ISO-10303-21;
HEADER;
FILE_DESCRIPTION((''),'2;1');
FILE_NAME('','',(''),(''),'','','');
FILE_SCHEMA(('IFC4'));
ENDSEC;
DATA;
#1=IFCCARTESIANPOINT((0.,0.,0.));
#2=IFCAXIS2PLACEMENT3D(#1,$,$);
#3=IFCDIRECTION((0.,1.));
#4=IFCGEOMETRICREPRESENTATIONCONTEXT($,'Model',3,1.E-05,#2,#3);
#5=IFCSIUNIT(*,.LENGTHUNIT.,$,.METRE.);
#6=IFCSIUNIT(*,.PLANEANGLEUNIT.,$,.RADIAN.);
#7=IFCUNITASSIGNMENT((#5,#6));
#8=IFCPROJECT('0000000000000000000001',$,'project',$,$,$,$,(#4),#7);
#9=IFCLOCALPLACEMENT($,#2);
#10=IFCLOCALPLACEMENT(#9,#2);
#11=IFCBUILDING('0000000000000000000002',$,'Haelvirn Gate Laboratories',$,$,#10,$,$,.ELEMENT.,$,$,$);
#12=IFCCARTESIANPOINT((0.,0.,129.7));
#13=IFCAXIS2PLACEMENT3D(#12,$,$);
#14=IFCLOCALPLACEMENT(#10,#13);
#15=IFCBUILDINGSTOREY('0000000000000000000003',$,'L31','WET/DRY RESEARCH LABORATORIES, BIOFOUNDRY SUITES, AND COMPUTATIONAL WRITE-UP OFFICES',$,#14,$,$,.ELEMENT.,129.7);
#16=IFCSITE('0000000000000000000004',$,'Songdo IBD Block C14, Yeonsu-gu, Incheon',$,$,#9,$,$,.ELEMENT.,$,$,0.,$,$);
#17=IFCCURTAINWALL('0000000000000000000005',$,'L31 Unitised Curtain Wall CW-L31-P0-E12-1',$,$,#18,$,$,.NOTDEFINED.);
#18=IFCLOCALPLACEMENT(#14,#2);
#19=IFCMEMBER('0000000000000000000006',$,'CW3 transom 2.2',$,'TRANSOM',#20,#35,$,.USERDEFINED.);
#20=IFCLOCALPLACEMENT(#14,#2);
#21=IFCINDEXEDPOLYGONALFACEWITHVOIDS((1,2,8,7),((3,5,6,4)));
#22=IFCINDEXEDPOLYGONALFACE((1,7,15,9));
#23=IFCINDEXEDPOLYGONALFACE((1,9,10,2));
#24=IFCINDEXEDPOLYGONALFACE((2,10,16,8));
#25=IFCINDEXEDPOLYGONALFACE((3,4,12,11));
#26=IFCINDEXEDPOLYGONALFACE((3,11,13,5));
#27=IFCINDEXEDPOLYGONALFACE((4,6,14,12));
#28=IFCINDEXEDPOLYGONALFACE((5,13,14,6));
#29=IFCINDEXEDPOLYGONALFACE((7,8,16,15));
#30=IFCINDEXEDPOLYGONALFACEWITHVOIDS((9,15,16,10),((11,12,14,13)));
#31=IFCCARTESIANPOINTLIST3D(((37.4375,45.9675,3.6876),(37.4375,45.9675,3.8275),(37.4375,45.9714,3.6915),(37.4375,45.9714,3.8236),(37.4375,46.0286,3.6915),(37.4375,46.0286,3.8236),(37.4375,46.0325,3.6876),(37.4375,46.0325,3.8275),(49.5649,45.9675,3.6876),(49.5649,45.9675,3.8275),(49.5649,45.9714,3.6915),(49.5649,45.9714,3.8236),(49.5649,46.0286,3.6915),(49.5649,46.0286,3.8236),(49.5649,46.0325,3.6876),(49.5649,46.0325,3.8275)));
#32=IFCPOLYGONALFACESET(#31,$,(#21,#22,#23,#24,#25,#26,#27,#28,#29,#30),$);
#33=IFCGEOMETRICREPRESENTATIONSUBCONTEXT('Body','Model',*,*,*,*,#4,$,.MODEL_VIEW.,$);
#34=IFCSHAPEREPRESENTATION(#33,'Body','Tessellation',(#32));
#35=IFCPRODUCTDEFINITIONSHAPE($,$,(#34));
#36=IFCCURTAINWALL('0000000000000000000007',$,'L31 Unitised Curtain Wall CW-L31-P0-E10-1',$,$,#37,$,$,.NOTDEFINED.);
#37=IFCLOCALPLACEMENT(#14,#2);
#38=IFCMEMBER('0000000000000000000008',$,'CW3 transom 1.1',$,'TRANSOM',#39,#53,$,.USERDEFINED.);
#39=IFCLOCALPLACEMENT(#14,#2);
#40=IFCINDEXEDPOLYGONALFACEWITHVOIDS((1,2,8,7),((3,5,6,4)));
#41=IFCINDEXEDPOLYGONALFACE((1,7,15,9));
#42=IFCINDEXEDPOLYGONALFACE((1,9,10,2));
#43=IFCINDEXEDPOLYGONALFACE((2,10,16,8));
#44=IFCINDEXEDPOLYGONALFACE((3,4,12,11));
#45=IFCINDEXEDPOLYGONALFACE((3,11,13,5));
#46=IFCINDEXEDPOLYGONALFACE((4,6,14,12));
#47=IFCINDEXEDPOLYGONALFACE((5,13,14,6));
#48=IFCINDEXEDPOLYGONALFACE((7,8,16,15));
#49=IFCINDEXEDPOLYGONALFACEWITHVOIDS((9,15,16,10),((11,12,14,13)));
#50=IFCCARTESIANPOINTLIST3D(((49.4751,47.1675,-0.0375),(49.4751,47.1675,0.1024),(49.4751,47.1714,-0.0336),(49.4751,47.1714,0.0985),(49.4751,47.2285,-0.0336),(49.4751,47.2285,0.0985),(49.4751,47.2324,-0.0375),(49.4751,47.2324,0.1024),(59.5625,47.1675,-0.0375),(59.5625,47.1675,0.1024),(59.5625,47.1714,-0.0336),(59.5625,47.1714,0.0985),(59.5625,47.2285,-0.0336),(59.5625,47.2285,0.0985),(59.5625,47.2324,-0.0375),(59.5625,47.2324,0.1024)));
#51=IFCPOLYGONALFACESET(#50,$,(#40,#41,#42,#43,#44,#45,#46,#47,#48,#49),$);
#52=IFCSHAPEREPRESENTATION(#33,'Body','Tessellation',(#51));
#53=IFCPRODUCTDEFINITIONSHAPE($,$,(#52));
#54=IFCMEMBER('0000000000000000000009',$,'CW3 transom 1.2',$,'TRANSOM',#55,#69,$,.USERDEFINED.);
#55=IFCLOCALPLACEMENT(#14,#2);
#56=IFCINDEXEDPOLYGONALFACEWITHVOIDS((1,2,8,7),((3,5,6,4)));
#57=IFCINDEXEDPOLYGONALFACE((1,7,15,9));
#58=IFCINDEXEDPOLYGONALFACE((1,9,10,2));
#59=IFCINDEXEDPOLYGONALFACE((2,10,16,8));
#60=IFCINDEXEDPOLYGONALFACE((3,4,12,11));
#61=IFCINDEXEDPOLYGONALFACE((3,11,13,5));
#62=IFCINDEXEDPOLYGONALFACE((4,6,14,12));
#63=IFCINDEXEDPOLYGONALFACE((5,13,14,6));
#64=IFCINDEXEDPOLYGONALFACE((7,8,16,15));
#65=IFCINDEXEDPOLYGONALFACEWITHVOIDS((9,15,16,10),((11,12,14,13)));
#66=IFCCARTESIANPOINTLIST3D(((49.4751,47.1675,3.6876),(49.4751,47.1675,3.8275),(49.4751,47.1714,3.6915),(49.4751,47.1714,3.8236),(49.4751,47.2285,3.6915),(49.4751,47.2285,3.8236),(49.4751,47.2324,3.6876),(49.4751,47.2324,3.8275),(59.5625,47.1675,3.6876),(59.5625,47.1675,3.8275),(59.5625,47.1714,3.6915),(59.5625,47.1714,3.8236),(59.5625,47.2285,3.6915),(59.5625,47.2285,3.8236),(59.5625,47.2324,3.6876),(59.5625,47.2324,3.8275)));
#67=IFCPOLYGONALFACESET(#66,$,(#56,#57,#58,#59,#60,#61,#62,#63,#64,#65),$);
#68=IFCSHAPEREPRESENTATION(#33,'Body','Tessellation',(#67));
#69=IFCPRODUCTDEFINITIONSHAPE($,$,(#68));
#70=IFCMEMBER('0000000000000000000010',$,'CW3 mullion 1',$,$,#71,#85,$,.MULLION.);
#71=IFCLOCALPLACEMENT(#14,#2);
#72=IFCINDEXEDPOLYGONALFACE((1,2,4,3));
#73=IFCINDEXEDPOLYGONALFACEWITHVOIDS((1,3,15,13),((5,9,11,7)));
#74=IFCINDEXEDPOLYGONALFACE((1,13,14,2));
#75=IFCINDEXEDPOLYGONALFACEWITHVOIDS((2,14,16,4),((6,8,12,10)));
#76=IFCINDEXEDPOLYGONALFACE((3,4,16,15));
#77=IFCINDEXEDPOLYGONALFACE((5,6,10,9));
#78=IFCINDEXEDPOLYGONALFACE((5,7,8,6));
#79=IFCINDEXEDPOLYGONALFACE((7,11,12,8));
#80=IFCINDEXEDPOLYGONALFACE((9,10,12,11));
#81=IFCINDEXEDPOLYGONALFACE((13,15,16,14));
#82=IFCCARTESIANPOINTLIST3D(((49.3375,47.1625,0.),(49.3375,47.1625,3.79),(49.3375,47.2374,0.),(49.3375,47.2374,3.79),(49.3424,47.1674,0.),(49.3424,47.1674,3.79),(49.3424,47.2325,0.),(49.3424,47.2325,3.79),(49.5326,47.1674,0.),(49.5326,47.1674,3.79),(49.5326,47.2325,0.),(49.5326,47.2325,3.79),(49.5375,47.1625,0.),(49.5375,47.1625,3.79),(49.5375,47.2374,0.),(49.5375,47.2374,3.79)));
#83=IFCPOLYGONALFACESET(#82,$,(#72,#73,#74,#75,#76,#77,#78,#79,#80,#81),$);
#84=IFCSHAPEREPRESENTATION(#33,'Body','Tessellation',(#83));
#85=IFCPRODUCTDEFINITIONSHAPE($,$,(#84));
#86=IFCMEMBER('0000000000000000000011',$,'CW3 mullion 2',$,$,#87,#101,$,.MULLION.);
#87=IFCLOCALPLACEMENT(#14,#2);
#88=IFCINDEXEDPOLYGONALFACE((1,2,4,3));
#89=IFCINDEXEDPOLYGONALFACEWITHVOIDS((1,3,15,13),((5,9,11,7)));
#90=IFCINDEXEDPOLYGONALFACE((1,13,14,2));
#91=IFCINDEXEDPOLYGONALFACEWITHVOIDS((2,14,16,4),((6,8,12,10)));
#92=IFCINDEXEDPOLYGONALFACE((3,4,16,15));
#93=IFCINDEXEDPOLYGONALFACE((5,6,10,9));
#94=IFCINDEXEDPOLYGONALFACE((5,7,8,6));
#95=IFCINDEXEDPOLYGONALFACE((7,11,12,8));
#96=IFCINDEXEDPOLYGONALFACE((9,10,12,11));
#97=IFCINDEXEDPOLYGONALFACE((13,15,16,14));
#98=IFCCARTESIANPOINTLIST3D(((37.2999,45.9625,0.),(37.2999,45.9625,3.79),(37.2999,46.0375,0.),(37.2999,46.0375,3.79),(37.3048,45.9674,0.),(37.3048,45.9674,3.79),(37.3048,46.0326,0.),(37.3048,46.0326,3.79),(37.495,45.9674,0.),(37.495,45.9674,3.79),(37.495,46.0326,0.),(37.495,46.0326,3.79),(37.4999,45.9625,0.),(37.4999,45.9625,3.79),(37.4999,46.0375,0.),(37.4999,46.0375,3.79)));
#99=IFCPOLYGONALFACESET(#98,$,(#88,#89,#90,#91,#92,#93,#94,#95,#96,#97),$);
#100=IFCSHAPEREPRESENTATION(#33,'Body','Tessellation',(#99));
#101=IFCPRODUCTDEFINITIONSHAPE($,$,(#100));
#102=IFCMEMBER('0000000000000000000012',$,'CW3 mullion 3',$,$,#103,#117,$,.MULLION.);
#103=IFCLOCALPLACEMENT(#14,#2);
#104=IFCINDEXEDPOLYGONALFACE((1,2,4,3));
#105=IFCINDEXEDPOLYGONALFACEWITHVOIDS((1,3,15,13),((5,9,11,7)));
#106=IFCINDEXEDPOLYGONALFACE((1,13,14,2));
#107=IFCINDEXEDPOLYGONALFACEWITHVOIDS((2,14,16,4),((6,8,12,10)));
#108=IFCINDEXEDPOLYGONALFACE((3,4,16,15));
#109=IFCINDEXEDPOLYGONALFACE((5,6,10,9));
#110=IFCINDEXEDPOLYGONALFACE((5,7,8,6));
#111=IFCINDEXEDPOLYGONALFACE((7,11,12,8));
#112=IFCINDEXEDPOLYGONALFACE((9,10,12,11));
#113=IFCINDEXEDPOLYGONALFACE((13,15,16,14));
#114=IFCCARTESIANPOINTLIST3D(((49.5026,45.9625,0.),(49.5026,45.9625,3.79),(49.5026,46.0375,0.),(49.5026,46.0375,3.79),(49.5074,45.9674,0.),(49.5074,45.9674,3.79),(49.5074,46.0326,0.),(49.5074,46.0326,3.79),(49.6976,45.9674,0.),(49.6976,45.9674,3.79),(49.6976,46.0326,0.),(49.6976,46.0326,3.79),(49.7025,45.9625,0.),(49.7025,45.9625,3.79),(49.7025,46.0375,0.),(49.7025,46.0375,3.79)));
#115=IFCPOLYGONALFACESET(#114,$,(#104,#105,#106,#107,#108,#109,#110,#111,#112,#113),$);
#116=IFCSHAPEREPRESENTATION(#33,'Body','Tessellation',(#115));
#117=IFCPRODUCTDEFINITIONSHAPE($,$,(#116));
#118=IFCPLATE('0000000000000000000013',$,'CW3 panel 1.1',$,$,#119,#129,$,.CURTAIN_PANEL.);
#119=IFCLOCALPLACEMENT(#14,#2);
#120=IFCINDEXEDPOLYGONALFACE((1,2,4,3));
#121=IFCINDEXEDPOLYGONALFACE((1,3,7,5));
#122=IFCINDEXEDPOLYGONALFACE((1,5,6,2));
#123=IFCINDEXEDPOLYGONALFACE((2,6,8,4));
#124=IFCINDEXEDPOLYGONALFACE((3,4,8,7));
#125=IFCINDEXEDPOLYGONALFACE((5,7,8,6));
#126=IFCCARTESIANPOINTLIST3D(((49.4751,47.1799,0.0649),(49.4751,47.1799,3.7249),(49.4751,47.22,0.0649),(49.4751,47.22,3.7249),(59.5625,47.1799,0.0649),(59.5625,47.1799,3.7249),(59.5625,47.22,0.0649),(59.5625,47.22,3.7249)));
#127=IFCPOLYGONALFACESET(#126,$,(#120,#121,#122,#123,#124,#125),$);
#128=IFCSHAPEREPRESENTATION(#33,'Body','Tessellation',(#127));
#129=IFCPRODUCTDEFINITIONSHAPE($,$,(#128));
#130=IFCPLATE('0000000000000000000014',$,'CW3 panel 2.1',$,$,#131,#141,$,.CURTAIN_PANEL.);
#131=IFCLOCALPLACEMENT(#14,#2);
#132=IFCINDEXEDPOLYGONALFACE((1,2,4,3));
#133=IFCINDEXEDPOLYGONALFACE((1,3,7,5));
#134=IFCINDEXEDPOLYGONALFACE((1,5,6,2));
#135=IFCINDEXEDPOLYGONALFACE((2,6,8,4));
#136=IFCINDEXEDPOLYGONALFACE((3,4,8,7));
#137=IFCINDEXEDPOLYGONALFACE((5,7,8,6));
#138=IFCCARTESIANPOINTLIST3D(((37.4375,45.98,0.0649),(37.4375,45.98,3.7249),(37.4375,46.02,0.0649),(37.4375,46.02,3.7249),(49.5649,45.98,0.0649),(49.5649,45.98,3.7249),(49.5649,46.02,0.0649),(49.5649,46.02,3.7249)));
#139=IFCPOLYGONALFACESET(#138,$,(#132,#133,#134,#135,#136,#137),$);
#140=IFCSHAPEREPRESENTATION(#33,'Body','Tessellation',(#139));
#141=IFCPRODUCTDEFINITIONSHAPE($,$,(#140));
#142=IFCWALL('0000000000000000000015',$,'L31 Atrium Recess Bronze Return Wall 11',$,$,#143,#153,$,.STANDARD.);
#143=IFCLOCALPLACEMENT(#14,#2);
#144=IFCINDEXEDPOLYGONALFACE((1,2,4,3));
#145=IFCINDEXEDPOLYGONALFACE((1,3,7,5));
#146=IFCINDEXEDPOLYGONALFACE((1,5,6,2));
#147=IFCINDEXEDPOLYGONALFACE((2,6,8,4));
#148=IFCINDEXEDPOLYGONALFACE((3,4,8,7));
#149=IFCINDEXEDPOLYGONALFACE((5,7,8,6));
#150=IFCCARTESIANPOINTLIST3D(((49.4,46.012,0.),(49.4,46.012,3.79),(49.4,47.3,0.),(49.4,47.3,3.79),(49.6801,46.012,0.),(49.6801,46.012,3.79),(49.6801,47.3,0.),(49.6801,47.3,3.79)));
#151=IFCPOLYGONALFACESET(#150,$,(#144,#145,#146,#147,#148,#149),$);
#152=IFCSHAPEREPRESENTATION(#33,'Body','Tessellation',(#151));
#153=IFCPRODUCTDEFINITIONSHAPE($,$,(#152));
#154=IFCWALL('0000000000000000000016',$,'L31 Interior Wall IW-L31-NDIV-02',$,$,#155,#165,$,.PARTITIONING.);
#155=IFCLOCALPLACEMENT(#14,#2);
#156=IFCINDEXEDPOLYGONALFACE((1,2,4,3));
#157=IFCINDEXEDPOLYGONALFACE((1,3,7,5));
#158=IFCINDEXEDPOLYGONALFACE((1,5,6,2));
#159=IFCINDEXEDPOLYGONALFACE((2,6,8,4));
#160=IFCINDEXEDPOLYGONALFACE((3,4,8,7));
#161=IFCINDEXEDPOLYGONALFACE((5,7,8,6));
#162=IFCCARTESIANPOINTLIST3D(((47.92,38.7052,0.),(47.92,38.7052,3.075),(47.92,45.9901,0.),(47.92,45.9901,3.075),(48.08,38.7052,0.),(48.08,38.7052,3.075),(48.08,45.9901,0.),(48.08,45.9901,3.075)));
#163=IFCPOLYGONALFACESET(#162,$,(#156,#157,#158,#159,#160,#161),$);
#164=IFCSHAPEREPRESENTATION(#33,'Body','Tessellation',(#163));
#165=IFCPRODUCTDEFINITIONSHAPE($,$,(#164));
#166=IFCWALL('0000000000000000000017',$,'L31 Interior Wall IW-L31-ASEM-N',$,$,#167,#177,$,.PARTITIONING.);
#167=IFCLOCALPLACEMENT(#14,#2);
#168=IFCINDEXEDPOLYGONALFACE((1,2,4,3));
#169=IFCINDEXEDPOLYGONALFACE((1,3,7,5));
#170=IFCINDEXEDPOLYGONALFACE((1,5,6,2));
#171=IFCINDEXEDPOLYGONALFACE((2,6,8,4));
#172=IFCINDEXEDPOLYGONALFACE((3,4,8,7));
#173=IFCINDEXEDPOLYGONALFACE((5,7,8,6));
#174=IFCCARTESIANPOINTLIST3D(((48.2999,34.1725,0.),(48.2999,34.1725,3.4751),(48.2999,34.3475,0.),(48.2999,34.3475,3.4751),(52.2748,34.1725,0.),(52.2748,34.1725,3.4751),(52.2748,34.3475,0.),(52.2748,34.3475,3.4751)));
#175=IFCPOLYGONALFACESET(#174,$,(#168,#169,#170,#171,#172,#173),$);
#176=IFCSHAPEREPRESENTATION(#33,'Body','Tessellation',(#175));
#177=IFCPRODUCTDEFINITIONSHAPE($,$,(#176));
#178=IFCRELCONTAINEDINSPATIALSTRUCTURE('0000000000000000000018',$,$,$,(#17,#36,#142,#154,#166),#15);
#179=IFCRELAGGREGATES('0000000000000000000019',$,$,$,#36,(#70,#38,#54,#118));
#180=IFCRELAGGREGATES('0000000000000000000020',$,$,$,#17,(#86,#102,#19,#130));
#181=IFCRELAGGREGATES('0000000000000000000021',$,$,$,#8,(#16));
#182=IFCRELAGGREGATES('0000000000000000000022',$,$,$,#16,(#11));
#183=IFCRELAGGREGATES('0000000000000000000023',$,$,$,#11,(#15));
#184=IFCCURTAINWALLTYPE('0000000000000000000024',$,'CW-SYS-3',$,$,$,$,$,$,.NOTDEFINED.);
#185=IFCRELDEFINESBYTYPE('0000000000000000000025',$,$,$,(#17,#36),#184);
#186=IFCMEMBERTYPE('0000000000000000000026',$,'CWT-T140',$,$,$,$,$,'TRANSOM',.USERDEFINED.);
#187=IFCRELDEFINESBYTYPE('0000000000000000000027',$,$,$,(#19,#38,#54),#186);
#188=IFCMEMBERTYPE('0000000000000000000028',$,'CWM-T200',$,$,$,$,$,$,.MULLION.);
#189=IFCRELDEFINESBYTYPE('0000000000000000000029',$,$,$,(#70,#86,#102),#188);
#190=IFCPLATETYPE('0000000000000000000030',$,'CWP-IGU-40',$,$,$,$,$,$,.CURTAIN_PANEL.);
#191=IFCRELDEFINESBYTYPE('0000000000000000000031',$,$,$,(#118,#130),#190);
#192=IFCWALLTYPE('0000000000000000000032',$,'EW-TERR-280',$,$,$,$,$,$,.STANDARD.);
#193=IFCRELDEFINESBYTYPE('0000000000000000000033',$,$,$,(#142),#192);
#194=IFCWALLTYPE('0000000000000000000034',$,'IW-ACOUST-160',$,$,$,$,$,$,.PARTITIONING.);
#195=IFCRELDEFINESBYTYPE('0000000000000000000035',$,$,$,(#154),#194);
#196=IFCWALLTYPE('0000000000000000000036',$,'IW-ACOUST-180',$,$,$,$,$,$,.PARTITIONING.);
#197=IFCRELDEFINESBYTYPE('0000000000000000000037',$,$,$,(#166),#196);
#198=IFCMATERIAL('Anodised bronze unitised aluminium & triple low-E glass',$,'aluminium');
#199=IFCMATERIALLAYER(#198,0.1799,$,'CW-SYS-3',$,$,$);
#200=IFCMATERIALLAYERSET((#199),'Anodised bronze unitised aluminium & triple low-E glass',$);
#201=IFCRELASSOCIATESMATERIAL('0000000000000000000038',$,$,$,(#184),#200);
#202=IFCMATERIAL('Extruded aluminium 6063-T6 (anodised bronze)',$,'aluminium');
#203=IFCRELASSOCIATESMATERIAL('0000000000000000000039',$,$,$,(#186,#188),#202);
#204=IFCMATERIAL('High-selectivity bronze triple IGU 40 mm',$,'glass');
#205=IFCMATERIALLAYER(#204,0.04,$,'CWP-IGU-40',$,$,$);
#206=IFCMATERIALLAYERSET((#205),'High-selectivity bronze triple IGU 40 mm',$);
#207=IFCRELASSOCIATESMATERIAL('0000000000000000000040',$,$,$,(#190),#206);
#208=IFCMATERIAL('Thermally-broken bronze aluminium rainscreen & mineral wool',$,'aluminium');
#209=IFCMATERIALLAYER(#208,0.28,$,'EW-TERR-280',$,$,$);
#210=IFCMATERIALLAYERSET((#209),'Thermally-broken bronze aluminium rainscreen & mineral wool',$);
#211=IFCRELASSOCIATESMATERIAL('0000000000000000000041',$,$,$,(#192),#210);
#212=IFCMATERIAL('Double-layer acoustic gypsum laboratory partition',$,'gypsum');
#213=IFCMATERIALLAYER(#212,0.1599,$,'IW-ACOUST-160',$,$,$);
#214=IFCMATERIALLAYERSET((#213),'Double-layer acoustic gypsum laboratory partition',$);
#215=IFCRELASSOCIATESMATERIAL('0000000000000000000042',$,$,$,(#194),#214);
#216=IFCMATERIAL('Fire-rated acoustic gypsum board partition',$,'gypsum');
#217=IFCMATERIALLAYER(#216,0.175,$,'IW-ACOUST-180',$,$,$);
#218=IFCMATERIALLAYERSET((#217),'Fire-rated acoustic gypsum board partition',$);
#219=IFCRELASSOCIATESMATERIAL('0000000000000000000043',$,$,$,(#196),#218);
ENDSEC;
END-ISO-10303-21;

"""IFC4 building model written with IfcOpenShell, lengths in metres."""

from ifc_helpers import new_model, si_unit, direction, frame, frame_2d, origin, origin_2d, place, context, subcontext, project, spatial, rectangle, hollow_rectangle, extrude, source, transform, mapped, material, layer, layer_set, material_profile, profile_set, type_object, type_shapes, element, aggregate, save


model = new_model("IFC4")

# Units and contexts
model_context = context("Model", 3, precision=1e-05, world=origin(), true_north=direction((0.0, 1.0)))
body_context = subcontext(model_context, "Body", "Model", "MODEL_VIEW")
ifc_project = project(units=[si_unit("LENGTHUNIT", "METRE"), si_unit("PLANEANGLEUNIT", "RADIAN")], contexts=[model_context])

# Site, building, storey
site_placement = place(None, origin())
site = spatial("IfcSite", under=ifc_project, at=site_placement, Name="Songdo IBD Block C14, Yeonsu-gu, Incheon", CompositionType="ELEMENT", RefElevation=0.0)
building_placement = place(site_placement, origin())
building = spatial("IfcBuilding", under=site, at=building_placement, Name="Haelvirn Gate Laboratories", CompositionType="ELEMENT")
storey_placement = place(building_placement, frame((0.0, 0.0, 129.7)))
storey = spatial("IfcBuildingStorey", under=building, at=storey_placement, Name="L31", Description="WET/DRY RESEARCH LABORATORIES, BIOFOUNDRY SUITES, AND COMPUTATIONAL WRITE-UP OFFICES", CompositionType="ELEMENT", Elevation=129.7)

# Curtain walls, members
ifc_material_1 = material(Name="Anodised bronze unitised aluminium & triple low-E glass", Category="aluminium")
ifc_layer_1 = layer(ifc_material_1, 0.1799, Name="CW-SYS-3")
ifc_layer_set_1 = layer_set([ifc_layer_1], Name="Anodised bronze unitised aluminium & triple low-E glass")
curtain_wall_type = type_object("IfcCurtainWallType", Name="CW-SYS-3", PredefinedType="NOTDEFINED", material=ifc_layer_set_1)
curtain_wall_1_placement = place(storey_placement, origin())
curtain_wall_1 = element("IfcCurtainWall", 1, at=curtain_wall_1_placement, inside=storey, type_object=curtain_wall_type, Name="L31 Unitised Curtain Wall CW-L31-P0-E12-1", PredefinedType="NOTDEFINED")
ifc_material_2 = material(Name="Extruded aluminium 6063-T6 (anodised bronze)", Category="aluminium")
ifc_material_profile_1 = material_profile(ifc_material_2, hollow_rectangle(XDim=0.0649, YDim=0.1399, WallThickness=0.0039, at=origin_2d()), Name="CWT-140x65x4")
ifc_profile_set_1 = profile_set([ifc_material_profile_1], Name="Extruded aluminium 6063-T6 (anodised bronze)")
member_type_1 = type_object("IfcMemberType", Name="CWT-T140", ElementType="TRANSOM", PredefinedType="USERDEFINED", material=ifc_profile_set_1)
shared_shape_1 = source(origin(), body_context, "Body", "SweptSolid", [
    extrude(hollow_rectangle(XDim=0.0649, YDim=0.1399, WallThickness=0.0039, at=origin_2d()), origin(), (0.0, 0.0, 1.0), 12.1274),
])
member_1_placement = place(storey_placement, frame((37.4375, 46.0, 3.7576), z_axis=(1.0, 0.0, 0.0), x_axis=(0.0, 1.0, 0.0)))
member_1 = element("IfcMember", 2, at=member_1_placement, type_object=member_type_1, Name="CW3 transom 2.2", ObjectType="TRANSOM", PredefinedType="USERDEFINED", context=body_context, shape_type="MappedRepresentation", body=[
    mapped(shared_shape_1, transform((0.0, 0.0, 0.0), scale=1.0)),
])
curtain_wall_2_placement = place(storey_placement, origin())
curtain_wall_2 = element("IfcCurtainWall", 3, at=curtain_wall_2_placement, inside=storey, type_object=curtain_wall_type, Name="L31 Unitised Curtain Wall CW-L31-P0-E10-1", PredefinedType="NOTDEFINED")
shared_shape_2 = source(origin(), body_context, "Body", "SweptSolid", [
    extrude(hollow_rectangle(XDim=0.0649, YDim=0.1399, WallThickness=0.0039, at=origin_2d()), origin(), (0.0, 0.0, 1.0), 10.0874),
])
type_shapes(member_type_1, [shared_shape_1, shared_shape_2])
member_2_placement = place(storey_placement, frame((49.4751, 47.2, 0.0325), z_axis=(1.0, 0.0, 0.0), x_axis=(0.0, 1.0, 0.0)))
member_2 = element("IfcMember", 4, at=member_2_placement, type_object=member_type_1, Name="CW3 transom 1.1", ObjectType="TRANSOM", PredefinedType="USERDEFINED", context=body_context, shape_type="MappedRepresentation", body=[
    mapped(shared_shape_2, transform((0.0, 0.0, 0.0), scale=1.0)),
])
member_3_placement = place(storey_placement, frame((49.4751, 47.2, 3.7576), z_axis=(1.0, 0.0, 0.0), x_axis=(0.0, 1.0, 0.0)))
member_3 = element("IfcMember", 5, at=member_3_placement, type_object=member_type_1, Name="CW3 transom 1.2", ObjectType="TRANSOM", PredefinedType="USERDEFINED", context=body_context, shape_type="MappedRepresentation", body=[
    mapped(shared_shape_2, transform((0.0, 0.0, 0.0), scale=1.0)),
])
ifc_material_profile_2 = material_profile(ifc_material_2, hollow_rectangle(XDim=0.075, YDim=0.2, WallThickness=0.0049, at=origin_2d()), Name="CWM-200x75x5")
ifc_profile_set_2 = profile_set([ifc_material_profile_2], Name="Extruded aluminium 6063-T6 (anodised bronze)")
member_type_2 = type_object("IfcMemberType", Name="CWM-T200", PredefinedType="MULLION", material=ifc_profile_set_2)
shared_shape_3 = source(origin(), body_context, "Body", "SweptSolid", [
    extrude(hollow_rectangle(XDim=0.075, YDim=0.2, WallThickness=0.0049, at=origin_2d()), origin(), (0.0, 0.0, 1.0), 3.79),
])
type_shapes(member_type_2, [shared_shape_3])
member_4_placement = place(storey_placement, frame((49.4375, 47.2, 0.0), z_axis=(0.0, 0.0, 1.0), x_axis=(0.0, 1.0, 0.0)))
member_4 = element("IfcMember", 6, at=member_4_placement, type_object=member_type_2, Name="CW3 mullion 1", PredefinedType="MULLION", context=body_context, shape_type="MappedRepresentation", body=[
    mapped(shared_shape_3, transform((0.0, 0.0, 0.0), scale=1.0)),
])

# Members
member_5_placement = place(storey_placement, frame((37.3999, 46.0, 0.0), z_axis=(0.0, 0.0, 1.0), x_axis=(0.0, 1.0, 0.0)))
member_5 = element("IfcMember", 7, at=member_5_placement, type_object=member_type_2, Name="CW3 mullion 2", PredefinedType="MULLION", context=body_context, shape_type="MappedRepresentation", body=[
    mapped(shared_shape_3, transform((0.0, 0.0, 0.0), scale=1.0)),
])
member_6_placement = place(storey_placement, frame((49.6025, 46.0, 0.0), z_axis=(0.0, 0.0, 1.0), x_axis=(0.0, 1.0, 0.0)))
member_6 = element("IfcMember", 8, at=member_6_placement, type_object=member_type_2, Name="CW3 mullion 3", PredefinedType="MULLION", context=body_context, shape_type="MappedRepresentation", body=[
    mapped(shared_shape_3, transform((0.0, 0.0, 0.0), scale=1.0)),
])

# Plates
ifc_material_3 = material(Name="High-selectivity bronze triple IGU 40 mm", Category="glass")
ifc_layer_2 = layer(ifc_material_3, 0.04, Name="CWP-IGU-40")
ifc_layer_set_2 = layer_set([ifc_layer_2], Name="High-selectivity bronze triple IGU 40 mm")
plate_type = type_object("IfcPlateType", Name="CWP-IGU-40", PredefinedType="CURTAIN_PANEL", material=ifc_layer_set_2)
shared_shape_4 = source(origin(), body_context, "Body", "SweptSolid", [
    extrude(rectangle(XDim=10.0874, YDim=0.04, at=origin_2d()), origin(), (0.0, 0.0, 1.0), 3.6599),
])
plate_1_placement = place(storey_placement, frame((54.5188, 47.2, 0.0649), z_axis=(0.0, 0.0, 1.0), x_axis=(1.0, 0.0, 0.0)))
plate_1 = element("IfcPlate", 9, at=plate_1_placement, type_object=plate_type, Name="CW3 panel 1.1", PredefinedType="CURTAIN_PANEL", context=body_context, shape_type="MappedRepresentation", body=[
    mapped(shared_shape_4, transform((0.0, 0.0, 0.0), scale=1.0)),
])
aggregate(curtain_wall_2, [member_4, member_2, member_3, plate_1])
shared_shape_5 = source(origin(), body_context, "Body", "SweptSolid", [
    extrude(rectangle(XDim=12.1274, YDim=0.04, at=origin_2d()), origin(), (0.0, 0.0, 1.0), 3.6599),
])
type_shapes(plate_type, [shared_shape_4, shared_shape_5])
plate_2_placement = place(storey_placement, frame((43.5012, 46.0, 0.0649), z_axis=(0.0, 0.0, 1.0), x_axis=(1.0, 0.0, 0.0)))
plate_2 = element("IfcPlate", 10, at=plate_2_placement, type_object=plate_type, Name="CW3 panel 2.1", PredefinedType="CURTAIN_PANEL", context=body_context, shape_type="MappedRepresentation", body=[
    mapped(shared_shape_5, transform((0.0, 0.0, 0.0), scale=1.0)),
])
aggregate(curtain_wall_1, [member_5, member_6, member_1, plate_2])

# Walls
ifc_material_4 = material(Name="Thermally-broken bronze aluminium rainscreen & mineral wool", Category="aluminium")
ifc_layer_3 = layer(ifc_material_4, 0.28, Name="EW-TERR-280")
ifc_layer_set_3 = layer_set([ifc_layer_3], Name="Thermally-broken bronze aluminium rainscreen & mineral wool")
wall_type_1 = type_object("IfcWallType", Name="EW-TERR-280", PredefinedType="STANDARD", material=ifc_layer_set_3)
wall_1_placement = place(storey_placement, frame((49.54, 47.3, 0.0), z_axis=(0.0, 0.0, 1.0), x_axis=(0.0, -1.0, 0.0)))
element("IfcWall", 11, at=wall_1_placement, inside=storey, type_object=wall_type_1, Name="L31 Atrium Recess Bronze Return Wall 11", PredefinedType="STANDARD", context=body_context, shape_type="SweptSolid", body=[
    extrude(rectangle(XDim=1.2881, YDim=0.28, at=frame_2d((0.644, 0.0))), origin(), (0.0, 0.0, 1.0), 3.79),
])
ifc_material_5 = material(Name="Double-layer acoustic gypsum laboratory partition", Category="gypsum")
ifc_layer_4 = layer(ifc_material_5, 0.1599, Name="IW-ACOUST-160")
ifc_layer_set_4 = layer_set([ifc_layer_4], Name="Double-layer acoustic gypsum laboratory partition")
wall_type_2 = type_object("IfcWallType", Name="IW-ACOUST-160", PredefinedType="PARTITIONING", material=ifc_layer_set_4)
wall_2_placement = place(storey_placement, frame((48.0, 38.7051, 0.0), z_axis=(0.0, 0.0, 1.0), x_axis=(0.0, 1.0, 0.0)))
element("IfcWall", 12, at=wall_2_placement, inside=storey, type_object=wall_type_2, Name="L31 Interior Wall IW-L31-NDIV-02", PredefinedType="PARTITIONING", context=body_context, shape_type="SweptSolid", body=[
    extrude(rectangle(XDim=7.2849, YDim=0.1599, at=frame_2d((3.6426, 0.0))), origin(), (0.0, 0.0, 1.0), 3.075),
])
ifc_material_6 = material(Name="Fire-rated acoustic gypsum board partition", Category="gypsum")
ifc_layer_5 = layer(ifc_material_6, 0.175, Name="IW-ACOUST-180")
ifc_layer_set_5 = layer_set([ifc_layer_5], Name="Fire-rated acoustic gypsum board partition")
wall_type_3 = type_object("IfcWallType", Name="IW-ACOUST-180", PredefinedType="PARTITIONING", material=ifc_layer_set_5)
wall_3_placement = place(storey_placement, frame((48.3, 34.26, 0.0), z_axis=(0.0, 0.0, 1.0), x_axis=(1.0, 0.0, 0.0)))
element("IfcWall", 13, at=wall_3_placement, inside=storey, type_object=wall_type_3, Name="L31 Interior Wall IW-L31-ASEM-N", PredefinedType="PARTITIONING", context=body_context, shape_type="SweptSolid", body=[
    extrude(rectangle(XDim=3.9749, YDim=0.175, at=frame_2d((1.9873, 0.0))), origin(), (0.0, 0.0, 1.0), 3.4751),
])

save(model, "model.ifc")
